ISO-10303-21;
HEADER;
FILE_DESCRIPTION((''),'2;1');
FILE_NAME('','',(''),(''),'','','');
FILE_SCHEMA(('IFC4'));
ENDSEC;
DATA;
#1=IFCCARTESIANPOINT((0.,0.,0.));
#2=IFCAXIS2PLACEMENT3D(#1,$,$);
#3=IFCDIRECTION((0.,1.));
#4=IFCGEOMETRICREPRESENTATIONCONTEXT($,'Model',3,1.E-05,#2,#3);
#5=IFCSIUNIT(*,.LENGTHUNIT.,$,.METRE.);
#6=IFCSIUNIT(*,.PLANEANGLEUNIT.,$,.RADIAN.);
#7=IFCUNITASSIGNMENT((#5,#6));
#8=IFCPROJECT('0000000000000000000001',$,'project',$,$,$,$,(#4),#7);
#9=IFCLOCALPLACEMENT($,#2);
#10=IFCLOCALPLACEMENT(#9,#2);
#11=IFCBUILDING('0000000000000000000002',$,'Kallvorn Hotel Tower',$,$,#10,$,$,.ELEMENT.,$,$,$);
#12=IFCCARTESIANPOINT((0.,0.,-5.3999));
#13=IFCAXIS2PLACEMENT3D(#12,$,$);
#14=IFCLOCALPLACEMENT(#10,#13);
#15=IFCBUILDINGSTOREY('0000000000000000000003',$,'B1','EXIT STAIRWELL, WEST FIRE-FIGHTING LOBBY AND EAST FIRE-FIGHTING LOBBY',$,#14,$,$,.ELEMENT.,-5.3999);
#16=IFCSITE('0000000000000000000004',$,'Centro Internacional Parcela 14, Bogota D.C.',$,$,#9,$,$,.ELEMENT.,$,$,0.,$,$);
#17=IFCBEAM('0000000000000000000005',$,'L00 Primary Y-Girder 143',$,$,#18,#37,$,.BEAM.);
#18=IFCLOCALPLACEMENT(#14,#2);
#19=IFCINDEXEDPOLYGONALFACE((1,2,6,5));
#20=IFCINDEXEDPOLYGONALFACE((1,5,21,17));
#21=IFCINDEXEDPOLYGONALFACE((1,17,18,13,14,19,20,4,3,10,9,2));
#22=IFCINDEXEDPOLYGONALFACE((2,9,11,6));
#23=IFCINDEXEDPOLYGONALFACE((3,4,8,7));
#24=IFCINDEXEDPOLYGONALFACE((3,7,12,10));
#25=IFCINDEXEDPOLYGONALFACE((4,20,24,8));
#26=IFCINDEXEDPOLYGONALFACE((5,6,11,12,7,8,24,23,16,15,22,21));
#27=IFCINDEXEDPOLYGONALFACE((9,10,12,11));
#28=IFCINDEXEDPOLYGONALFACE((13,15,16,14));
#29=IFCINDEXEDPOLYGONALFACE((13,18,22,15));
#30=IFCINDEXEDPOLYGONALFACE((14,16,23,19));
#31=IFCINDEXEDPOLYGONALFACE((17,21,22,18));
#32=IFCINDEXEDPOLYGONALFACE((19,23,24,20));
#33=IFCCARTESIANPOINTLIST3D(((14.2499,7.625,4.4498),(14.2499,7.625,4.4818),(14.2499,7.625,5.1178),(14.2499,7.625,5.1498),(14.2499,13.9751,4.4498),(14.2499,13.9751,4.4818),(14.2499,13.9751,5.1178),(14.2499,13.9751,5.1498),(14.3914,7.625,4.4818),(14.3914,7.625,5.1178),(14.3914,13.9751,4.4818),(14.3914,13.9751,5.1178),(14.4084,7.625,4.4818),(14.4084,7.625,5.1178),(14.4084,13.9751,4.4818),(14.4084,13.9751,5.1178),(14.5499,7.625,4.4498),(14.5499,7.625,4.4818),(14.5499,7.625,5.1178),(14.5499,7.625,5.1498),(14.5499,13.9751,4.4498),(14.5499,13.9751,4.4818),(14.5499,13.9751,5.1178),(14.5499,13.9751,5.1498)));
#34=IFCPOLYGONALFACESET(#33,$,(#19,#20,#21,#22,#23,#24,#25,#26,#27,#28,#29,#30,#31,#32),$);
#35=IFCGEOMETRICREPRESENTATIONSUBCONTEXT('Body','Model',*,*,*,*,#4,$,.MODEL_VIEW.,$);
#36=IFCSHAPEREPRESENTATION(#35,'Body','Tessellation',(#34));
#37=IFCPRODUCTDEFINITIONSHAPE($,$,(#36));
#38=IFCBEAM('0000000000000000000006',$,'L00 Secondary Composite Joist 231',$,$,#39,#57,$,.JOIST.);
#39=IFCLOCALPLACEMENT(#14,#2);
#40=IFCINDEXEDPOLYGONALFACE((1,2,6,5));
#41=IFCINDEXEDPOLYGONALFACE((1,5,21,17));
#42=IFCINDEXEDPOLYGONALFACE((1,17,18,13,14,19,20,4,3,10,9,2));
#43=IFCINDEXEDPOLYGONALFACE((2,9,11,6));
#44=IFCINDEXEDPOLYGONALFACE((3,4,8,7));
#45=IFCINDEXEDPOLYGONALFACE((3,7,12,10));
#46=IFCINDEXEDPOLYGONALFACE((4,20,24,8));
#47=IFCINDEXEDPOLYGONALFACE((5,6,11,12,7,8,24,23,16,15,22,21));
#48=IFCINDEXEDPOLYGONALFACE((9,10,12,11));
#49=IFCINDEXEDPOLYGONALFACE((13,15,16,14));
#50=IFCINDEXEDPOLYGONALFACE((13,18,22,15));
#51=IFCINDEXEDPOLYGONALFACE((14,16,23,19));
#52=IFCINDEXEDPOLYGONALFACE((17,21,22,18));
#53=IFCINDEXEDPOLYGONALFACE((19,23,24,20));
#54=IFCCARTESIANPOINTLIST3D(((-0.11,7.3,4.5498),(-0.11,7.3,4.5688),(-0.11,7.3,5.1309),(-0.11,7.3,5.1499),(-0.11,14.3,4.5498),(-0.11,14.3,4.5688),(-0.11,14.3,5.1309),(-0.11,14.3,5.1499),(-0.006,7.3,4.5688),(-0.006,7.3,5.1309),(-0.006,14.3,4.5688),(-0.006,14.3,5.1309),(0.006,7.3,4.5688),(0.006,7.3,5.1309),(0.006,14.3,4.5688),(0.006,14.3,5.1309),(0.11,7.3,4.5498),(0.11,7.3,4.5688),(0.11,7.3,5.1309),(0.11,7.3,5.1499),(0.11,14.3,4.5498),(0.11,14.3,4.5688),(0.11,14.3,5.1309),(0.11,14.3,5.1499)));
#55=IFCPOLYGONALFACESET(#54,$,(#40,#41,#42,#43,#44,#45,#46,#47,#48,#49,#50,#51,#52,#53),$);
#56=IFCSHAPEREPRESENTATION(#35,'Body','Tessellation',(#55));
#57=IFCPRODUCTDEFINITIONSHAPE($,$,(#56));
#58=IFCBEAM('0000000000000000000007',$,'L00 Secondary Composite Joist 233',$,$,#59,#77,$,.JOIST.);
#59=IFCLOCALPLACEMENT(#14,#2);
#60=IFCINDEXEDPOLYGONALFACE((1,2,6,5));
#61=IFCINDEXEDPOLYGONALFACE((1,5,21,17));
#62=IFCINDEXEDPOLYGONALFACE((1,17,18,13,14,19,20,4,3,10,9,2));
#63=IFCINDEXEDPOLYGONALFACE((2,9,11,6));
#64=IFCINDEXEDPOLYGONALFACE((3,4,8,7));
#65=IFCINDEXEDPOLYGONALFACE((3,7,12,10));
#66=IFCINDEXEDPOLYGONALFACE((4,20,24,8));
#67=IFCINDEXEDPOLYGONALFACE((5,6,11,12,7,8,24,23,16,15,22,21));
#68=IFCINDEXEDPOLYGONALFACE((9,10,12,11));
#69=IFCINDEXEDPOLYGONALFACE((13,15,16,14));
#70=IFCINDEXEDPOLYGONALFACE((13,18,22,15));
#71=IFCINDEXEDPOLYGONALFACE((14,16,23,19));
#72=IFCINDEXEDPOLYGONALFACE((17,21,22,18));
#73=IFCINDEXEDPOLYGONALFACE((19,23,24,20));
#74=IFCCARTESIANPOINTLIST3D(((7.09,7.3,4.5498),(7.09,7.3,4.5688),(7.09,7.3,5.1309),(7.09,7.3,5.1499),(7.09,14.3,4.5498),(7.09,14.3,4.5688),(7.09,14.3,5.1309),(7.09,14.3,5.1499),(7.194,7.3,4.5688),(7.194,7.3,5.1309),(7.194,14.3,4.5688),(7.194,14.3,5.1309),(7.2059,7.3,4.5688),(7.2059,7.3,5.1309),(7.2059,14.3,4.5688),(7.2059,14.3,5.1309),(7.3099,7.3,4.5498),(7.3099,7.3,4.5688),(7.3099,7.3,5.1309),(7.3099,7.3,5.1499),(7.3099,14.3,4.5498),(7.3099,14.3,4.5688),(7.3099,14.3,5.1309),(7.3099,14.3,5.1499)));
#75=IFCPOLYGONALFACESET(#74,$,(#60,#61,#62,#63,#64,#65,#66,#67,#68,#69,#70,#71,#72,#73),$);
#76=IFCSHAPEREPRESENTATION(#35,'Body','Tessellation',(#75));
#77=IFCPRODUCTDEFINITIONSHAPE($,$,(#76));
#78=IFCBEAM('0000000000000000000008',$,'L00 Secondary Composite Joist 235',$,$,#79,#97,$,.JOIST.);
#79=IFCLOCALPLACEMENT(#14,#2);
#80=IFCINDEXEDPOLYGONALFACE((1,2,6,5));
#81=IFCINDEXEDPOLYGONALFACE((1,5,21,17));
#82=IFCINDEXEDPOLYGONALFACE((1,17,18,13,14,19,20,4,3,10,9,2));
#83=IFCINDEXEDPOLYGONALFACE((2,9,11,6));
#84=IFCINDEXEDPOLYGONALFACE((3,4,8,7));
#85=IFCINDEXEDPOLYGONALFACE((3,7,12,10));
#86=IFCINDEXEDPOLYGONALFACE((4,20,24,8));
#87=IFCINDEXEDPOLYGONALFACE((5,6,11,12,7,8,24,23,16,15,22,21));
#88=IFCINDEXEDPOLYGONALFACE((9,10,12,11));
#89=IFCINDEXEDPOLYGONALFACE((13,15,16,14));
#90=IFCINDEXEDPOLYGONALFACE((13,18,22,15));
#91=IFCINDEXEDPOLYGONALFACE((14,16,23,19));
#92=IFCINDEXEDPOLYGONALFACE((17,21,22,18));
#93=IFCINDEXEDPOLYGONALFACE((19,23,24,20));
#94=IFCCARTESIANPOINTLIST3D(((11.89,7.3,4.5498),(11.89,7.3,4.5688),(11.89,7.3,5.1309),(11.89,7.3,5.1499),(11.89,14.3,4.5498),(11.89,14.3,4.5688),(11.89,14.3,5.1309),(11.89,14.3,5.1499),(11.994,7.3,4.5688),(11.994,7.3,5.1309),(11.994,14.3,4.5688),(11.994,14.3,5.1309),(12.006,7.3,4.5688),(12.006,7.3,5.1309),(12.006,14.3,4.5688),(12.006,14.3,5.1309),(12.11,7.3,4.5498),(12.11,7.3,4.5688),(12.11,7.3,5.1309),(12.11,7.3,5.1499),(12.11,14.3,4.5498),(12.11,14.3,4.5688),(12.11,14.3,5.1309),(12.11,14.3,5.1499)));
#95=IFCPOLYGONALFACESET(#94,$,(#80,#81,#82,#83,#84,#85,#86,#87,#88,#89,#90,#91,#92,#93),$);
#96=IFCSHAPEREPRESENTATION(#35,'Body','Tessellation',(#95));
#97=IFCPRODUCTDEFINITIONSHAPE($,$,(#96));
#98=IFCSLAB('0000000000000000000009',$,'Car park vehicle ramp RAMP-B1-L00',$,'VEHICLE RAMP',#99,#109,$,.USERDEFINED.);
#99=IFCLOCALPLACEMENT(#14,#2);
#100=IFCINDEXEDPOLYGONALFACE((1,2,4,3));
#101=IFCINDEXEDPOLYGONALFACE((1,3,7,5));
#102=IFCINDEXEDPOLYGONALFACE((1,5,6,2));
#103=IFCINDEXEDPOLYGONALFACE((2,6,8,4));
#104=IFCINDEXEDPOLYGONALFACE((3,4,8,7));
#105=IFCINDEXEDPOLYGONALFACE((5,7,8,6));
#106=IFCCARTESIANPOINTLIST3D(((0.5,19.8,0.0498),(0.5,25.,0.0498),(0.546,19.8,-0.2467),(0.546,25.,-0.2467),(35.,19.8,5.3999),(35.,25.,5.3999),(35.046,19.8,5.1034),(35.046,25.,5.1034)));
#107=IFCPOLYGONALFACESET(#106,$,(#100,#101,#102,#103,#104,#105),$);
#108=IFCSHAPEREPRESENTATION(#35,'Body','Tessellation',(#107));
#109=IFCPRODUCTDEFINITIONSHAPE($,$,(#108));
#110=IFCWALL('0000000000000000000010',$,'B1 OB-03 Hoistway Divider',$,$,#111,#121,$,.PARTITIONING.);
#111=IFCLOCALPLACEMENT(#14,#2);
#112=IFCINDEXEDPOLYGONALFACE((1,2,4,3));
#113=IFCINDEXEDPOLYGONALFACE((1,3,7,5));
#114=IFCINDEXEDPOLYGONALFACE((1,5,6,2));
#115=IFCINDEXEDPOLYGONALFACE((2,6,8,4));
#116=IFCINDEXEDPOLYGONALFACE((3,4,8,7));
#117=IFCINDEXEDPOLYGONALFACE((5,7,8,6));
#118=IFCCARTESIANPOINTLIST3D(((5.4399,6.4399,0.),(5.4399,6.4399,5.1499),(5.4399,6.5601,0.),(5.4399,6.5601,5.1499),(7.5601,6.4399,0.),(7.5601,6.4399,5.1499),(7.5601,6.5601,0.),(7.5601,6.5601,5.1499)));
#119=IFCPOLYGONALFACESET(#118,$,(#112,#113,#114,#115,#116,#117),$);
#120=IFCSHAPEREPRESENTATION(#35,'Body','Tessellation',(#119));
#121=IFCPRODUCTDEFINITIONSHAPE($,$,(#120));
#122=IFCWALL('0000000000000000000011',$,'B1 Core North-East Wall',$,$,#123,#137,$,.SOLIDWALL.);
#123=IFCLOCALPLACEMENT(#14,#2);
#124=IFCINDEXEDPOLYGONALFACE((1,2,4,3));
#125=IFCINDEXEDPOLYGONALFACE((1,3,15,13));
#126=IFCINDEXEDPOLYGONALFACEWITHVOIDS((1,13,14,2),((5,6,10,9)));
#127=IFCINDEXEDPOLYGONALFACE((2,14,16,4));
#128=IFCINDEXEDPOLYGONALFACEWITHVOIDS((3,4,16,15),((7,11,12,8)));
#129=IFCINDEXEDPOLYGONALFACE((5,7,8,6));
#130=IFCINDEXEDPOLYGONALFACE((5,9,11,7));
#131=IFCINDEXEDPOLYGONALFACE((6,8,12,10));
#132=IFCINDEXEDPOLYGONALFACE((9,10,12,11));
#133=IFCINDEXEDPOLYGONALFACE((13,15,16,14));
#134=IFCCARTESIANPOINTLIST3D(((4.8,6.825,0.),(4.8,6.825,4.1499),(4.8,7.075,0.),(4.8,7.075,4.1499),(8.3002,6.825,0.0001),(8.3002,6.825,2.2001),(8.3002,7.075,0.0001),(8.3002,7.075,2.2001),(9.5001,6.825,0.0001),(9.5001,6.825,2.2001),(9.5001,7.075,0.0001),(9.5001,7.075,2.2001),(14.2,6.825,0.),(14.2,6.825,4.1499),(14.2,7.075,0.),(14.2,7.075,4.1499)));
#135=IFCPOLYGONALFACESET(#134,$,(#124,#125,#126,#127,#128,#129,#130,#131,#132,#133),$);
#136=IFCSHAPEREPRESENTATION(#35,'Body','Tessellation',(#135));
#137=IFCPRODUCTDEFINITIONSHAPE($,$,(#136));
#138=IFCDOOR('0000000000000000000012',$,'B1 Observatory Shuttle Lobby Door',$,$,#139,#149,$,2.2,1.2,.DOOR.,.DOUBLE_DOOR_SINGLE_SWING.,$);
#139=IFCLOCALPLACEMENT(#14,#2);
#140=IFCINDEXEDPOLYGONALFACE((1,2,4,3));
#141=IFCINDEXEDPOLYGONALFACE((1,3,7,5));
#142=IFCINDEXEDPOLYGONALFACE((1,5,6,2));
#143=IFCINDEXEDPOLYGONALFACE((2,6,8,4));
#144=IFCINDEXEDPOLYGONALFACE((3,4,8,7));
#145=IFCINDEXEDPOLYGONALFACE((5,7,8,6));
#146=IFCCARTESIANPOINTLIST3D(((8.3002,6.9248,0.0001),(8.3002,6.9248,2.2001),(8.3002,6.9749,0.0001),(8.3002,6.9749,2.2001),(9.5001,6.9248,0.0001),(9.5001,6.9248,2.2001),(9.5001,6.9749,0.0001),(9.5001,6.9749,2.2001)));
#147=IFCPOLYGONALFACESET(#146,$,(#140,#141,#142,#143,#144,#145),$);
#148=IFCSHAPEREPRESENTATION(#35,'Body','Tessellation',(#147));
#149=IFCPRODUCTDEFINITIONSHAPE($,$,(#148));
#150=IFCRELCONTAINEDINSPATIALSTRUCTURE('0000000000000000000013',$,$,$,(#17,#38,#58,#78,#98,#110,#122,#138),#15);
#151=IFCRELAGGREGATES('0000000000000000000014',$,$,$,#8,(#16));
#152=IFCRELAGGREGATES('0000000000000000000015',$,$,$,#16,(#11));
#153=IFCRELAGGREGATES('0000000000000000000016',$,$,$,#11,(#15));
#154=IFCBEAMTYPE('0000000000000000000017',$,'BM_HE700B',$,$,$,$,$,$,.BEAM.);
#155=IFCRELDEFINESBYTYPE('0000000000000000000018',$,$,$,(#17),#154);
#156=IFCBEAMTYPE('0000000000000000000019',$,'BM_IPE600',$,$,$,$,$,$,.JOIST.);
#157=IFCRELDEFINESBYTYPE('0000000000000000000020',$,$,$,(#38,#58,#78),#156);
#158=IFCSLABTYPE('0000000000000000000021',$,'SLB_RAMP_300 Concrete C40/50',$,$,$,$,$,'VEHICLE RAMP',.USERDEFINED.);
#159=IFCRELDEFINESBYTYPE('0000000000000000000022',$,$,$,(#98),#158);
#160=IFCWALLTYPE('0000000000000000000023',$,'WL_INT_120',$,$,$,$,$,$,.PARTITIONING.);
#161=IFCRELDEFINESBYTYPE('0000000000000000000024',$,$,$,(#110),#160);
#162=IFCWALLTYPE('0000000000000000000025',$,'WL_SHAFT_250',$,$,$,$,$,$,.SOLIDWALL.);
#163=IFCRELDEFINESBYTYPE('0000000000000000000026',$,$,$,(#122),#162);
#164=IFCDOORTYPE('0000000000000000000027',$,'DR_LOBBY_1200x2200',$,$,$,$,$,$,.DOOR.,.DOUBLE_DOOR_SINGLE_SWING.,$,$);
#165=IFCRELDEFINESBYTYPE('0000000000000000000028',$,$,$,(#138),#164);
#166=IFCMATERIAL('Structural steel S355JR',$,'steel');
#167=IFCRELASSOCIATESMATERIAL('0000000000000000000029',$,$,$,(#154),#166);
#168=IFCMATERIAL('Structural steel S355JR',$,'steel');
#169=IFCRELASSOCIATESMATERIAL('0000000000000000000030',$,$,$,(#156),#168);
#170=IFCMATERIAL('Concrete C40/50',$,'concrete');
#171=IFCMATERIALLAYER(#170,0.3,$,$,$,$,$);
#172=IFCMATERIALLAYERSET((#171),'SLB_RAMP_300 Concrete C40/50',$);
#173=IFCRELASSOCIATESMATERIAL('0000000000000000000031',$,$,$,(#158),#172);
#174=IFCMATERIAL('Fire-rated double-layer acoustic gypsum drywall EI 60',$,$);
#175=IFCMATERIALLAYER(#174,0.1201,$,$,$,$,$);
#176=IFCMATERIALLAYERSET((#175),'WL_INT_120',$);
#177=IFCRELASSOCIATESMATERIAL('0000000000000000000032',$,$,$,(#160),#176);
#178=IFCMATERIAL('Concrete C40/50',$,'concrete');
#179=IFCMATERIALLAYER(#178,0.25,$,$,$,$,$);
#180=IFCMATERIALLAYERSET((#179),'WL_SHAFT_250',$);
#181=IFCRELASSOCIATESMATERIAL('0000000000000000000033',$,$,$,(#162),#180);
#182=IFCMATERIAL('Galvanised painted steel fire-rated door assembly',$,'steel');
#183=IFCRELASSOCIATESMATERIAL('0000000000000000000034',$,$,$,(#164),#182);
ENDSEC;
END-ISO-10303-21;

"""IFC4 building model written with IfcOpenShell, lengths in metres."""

from ifc_helpers import new_model, si_unit, direction, frame, frame_2d, origin, origin_2d, place, context, subcontext, project, spatial, polyline, rectangle, i_section, outline, extrude, material, layer, layer_set, material_profile, profile_set, type_object, element, fill, save


model = new_model("IFC4")

# Units and contexts
model_context = context("Model", 3, precision=1e-05, world=origin(), true_north=direction((0.0, 1.0)))
body_context = subcontext(model_context, "Body", "Model", "MODEL_VIEW")
ifc_project = project(units=[si_unit("LENGTHUNIT", "METRE"), si_unit("PLANEANGLEUNIT", "RADIAN")], contexts=[model_context])

# Site, building, storey
site_placement = place(None, origin())
site = spatial("IfcSite", under=ifc_project, at=site_placement, Name="Centro Internacional Parcela 14, Bogota D.C.", CompositionType="ELEMENT", RefElevation=0.0)
building_placement = place(site_placement, origin())
building = spatial("IfcBuilding", under=site, at=building_placement, Name="Kallvorn Hotel Tower", CompositionType="ELEMENT")
storey_placement = place(building_placement, frame((0.0, 0.0, -5.3999)))
storey = spatial("IfcBuildingStorey", under=building, at=storey_placement, Name="B1", Description="EXIT STAIRWELL, WEST FIRE-FIGHTING LOBBY AND EAST FIRE-FIGHTING LOBBY", CompositionType="ELEMENT", Elevation=-5.3999)

# Beams
ifc_material_1 = material(Name="Structural steel S355JR", Category="steel")
ifc_material_profile_1 = material_profile(ifc_material_1, i_section(OverallWidth=0.3, OverallDepth=0.7, WebThickness=0.0171, FlangeThickness=0.032, at=origin_2d()), Name="HE 700 B")
ifc_profile_set_1 = profile_set([ifc_material_profile_1], Name="Structural steel S355JR")
beam_type_1 = type_object("IfcBeamType", Name="BM_HE700B", PredefinedType="BEAM", material=ifc_profile_set_1)
beam_1_placement = place(storey_placement, frame((14.3999, 7.625, 4.7998), z_axis=(0.0, 1.0, 0.0), x_axis=(-1.0, 0.0, 0.0)))
element("IfcBeam", 1, at=beam_1_placement, inside=storey, type_object=beam_type_1, Name="L00 Primary Y-Girder 143", PredefinedType="BEAM", context=body_context, shape_type="SweptSolid", body=[
    extrude(i_section(OverallWidth=0.3, OverallDepth=0.7, WebThickness=0.0171, FlangeThickness=0.032, at=origin_2d()), origin(), (0.0, 0.0, 1.0), 6.3501),
])
ifc_material_2 = material(Name="Structural steel S355JR", Category="steel")
ifc_material_profile_2 = material_profile(ifc_material_2, i_section(OverallWidth=0.22, OverallDepth=0.6001, WebThickness=0.012, FlangeThickness=0.019, at=origin_2d()), Name="IPE 600")
ifc_profile_set_2 = profile_set([ifc_material_profile_2], Name="Structural steel S355JR")
beam_type_2 = type_object("IfcBeamType", Name="BM_IPE600", PredefinedType="JOIST", material=ifc_profile_set_2)
for number, where, z_axis, x_axis, name in (
    (2, (0.0, 7.3, 4.8499), (0.0, 1.0, 0.0), (-1.0, 0.0, 0.0), "L00 Secondary Composite Joist 231"),
    (3, (7.2, 7.3, 4.8499), (0.0, 1.0, 0.0), (-1.0, 0.0, 0.0), "L00 Secondary Composite Joist 233"),
    (4, (12.0, 7.3, 4.8499), (0.0, 1.0, 0.0), (-1.0, 0.0, 0.0), "L00 Secondary Composite Joist 235"),
):
    element("IfcBeam", number, at=place(storey_placement, frame(where, z_axis=z_axis, x_axis=x_axis)), inside=storey, type_object=beam_type_2, Name=name, PredefinedType="JOIST", context=body_context, shape_type="SweptSolid", body=[
        extrude(i_section(OverallWidth=0.22, OverallDepth=0.6001, WebThickness=0.012, FlangeThickness=0.019, at=origin_2d()), origin(), (0.0, 0.0, 1.0), 7.0),
    ])

# Slab
ifc_material_3 = material(Name="Concrete C40/50", Category="concrete")
ifc_layer_1 = layer(ifc_material_3, 0.3)
ifc_layer_set_1 = layer_set([ifc_layer_1], Name="SLB_RAMP_300 Concrete C40/50")
slab_type = type_object("IfcSlabType", Name="SLB_RAMP_300 Concrete C40/50", ElementType="VEHICLE RAMP", PredefinedType="USERDEFINED", material=ifc_layer_set_1)
slab_placement = place(storey_placement, frame((0.5, 19.8, 0.0498), z_axis=(-0.153244, 0.0, 0.988188), x_axis=(0.988188, 0.0, 0.153244)))
element("IfcSlab", 5, at=slab_placement, inside=storey, type_object=slab_type, Name="Car park vehicle ramp RAMP-B1-L00", ObjectType="VEHICLE RAMP", PredefinedType="USERDEFINED", context=body_context, shape_type="SweptSolid", body=[
    extrude(outline(polyline([(0.0, 0.0), (34.9124, 0.0), (34.9124, 5.2), (0.0, 5.2), (0.0, 0.0)])), origin(), (0.0, 0.0, -1.0), 0.3),
])

# Wall
ifc_material_4 = material(Name="Fire-rated double-layer acoustic gypsum drywall EI 60")
ifc_layer_2 = layer(ifc_material_4, 0.1201)
ifc_layer_set_2 = layer_set([ifc_layer_2], Name="WL_INT_120")
wall_type_1 = type_object("IfcWallType", Name="WL_INT_120", PredefinedType="PARTITIONING", material=ifc_layer_set_2)
wall_1_placement = place(storey_placement, frame((5.4399, 6.5, 0.0), z_axis=(0.0, 0.0, 1.0), x_axis=(1.0, 0.0, 0.0)))
element("IfcWall", 6, at=wall_1_placement, inside=storey, type_object=wall_type_1, Name="B1 OB-03 Hoistway Divider", PredefinedType="PARTITIONING", context=body_context, shape_type="SweptSolid", body=[
    extrude(rectangle(XDim=2.1201, YDim=0.1201, at=frame_2d((1.0601, 0.0))), origin(), (0.0, 0.0, 1.0), 5.1499),
])

# Wall, opening, door
ifc_material_5 = material(Name="Concrete C40/50", Category="concrete")
ifc_layer_3 = layer(ifc_material_5, 0.25)
ifc_layer_set_3 = layer_set([ifc_layer_3], Name="WL_SHAFT_250")
wall_type_2 = type_object("IfcWallType", Name="WL_SHAFT_250", PredefinedType="SOLIDWALL", material=ifc_layer_set_3)
wall_2_placement = place(storey_placement, frame((4.8, 6.95, 0.0), z_axis=(0.0, 0.0, 1.0), x_axis=(1.0, 0.0, 0.0)))
wall_2 = element("IfcWall", 7, at=wall_2_placement, inside=storey, type_object=wall_type_2, Name="B1 Core North-East Wall", PredefinedType="SOLIDWALL", context=body_context, shape_type="SweptSolid", body=[
    extrude(rectangle(XDim=9.3999, YDim=0.25, at=frame_2d((4.7, 0.0))), origin(), (0.0, 0.0, 1.0), 4.1499),
])
opening_placement = place(wall_2_placement, frame((3.5, 0.0, 0.0)))
opening = element("IfcOpeningElement", 8, at=opening_placement, cuts=wall_2, PredefinedType="OPENING", context=body_context, shape_type="SweptSolid", body=[
    extrude(rectangle(XDim=1.2, YDim=2.2, at=frame_2d((0.6001, 1.1001))), frame((0.0, 0.1399, 0.0), z_axis=(0.0, -1.0, 0.0), x_axis=(1.0, 0.0, 0.0)), (0.0, 0.0, 1.0), 0.28),
])
ifc_material_6 = material(Name="Galvanised painted steel fire-rated door assembly", Category="steel")
door_type = type_object("IfcDoorType", Name="DR_LOBBY_1200x2200", OperationType="DOUBLE_DOOR_SINGLE_SWING", PredefinedType="DOOR", material=ifc_material_6)
door_placement = place(opening_placement, origin())
door = element("IfcDoor", 9, at=door_placement, inside=storey, type_object=door_type, Name="B1 Observatory Shuttle Lobby Door", OperationType="DOUBLE_DOOR_SINGLE_SWING", OverallHeight=2.2, OverallWidth=1.2, PredefinedType="DOOR", context=body_context, shape_type="SweptSolid", body=[
    extrude(rectangle(XDim=1.2, YDim=2.2, at=frame_2d((0.6001, 1.1001))), frame((0.0, 0.0249, 0.0), z_axis=(0.0, -1.0, 0.0), x_axis=(1.0, 0.0, 0.0)), (0.0, 0.0, 1.0), 0.05),
])
fill(opening, door)

save(model, "model.ifc")
